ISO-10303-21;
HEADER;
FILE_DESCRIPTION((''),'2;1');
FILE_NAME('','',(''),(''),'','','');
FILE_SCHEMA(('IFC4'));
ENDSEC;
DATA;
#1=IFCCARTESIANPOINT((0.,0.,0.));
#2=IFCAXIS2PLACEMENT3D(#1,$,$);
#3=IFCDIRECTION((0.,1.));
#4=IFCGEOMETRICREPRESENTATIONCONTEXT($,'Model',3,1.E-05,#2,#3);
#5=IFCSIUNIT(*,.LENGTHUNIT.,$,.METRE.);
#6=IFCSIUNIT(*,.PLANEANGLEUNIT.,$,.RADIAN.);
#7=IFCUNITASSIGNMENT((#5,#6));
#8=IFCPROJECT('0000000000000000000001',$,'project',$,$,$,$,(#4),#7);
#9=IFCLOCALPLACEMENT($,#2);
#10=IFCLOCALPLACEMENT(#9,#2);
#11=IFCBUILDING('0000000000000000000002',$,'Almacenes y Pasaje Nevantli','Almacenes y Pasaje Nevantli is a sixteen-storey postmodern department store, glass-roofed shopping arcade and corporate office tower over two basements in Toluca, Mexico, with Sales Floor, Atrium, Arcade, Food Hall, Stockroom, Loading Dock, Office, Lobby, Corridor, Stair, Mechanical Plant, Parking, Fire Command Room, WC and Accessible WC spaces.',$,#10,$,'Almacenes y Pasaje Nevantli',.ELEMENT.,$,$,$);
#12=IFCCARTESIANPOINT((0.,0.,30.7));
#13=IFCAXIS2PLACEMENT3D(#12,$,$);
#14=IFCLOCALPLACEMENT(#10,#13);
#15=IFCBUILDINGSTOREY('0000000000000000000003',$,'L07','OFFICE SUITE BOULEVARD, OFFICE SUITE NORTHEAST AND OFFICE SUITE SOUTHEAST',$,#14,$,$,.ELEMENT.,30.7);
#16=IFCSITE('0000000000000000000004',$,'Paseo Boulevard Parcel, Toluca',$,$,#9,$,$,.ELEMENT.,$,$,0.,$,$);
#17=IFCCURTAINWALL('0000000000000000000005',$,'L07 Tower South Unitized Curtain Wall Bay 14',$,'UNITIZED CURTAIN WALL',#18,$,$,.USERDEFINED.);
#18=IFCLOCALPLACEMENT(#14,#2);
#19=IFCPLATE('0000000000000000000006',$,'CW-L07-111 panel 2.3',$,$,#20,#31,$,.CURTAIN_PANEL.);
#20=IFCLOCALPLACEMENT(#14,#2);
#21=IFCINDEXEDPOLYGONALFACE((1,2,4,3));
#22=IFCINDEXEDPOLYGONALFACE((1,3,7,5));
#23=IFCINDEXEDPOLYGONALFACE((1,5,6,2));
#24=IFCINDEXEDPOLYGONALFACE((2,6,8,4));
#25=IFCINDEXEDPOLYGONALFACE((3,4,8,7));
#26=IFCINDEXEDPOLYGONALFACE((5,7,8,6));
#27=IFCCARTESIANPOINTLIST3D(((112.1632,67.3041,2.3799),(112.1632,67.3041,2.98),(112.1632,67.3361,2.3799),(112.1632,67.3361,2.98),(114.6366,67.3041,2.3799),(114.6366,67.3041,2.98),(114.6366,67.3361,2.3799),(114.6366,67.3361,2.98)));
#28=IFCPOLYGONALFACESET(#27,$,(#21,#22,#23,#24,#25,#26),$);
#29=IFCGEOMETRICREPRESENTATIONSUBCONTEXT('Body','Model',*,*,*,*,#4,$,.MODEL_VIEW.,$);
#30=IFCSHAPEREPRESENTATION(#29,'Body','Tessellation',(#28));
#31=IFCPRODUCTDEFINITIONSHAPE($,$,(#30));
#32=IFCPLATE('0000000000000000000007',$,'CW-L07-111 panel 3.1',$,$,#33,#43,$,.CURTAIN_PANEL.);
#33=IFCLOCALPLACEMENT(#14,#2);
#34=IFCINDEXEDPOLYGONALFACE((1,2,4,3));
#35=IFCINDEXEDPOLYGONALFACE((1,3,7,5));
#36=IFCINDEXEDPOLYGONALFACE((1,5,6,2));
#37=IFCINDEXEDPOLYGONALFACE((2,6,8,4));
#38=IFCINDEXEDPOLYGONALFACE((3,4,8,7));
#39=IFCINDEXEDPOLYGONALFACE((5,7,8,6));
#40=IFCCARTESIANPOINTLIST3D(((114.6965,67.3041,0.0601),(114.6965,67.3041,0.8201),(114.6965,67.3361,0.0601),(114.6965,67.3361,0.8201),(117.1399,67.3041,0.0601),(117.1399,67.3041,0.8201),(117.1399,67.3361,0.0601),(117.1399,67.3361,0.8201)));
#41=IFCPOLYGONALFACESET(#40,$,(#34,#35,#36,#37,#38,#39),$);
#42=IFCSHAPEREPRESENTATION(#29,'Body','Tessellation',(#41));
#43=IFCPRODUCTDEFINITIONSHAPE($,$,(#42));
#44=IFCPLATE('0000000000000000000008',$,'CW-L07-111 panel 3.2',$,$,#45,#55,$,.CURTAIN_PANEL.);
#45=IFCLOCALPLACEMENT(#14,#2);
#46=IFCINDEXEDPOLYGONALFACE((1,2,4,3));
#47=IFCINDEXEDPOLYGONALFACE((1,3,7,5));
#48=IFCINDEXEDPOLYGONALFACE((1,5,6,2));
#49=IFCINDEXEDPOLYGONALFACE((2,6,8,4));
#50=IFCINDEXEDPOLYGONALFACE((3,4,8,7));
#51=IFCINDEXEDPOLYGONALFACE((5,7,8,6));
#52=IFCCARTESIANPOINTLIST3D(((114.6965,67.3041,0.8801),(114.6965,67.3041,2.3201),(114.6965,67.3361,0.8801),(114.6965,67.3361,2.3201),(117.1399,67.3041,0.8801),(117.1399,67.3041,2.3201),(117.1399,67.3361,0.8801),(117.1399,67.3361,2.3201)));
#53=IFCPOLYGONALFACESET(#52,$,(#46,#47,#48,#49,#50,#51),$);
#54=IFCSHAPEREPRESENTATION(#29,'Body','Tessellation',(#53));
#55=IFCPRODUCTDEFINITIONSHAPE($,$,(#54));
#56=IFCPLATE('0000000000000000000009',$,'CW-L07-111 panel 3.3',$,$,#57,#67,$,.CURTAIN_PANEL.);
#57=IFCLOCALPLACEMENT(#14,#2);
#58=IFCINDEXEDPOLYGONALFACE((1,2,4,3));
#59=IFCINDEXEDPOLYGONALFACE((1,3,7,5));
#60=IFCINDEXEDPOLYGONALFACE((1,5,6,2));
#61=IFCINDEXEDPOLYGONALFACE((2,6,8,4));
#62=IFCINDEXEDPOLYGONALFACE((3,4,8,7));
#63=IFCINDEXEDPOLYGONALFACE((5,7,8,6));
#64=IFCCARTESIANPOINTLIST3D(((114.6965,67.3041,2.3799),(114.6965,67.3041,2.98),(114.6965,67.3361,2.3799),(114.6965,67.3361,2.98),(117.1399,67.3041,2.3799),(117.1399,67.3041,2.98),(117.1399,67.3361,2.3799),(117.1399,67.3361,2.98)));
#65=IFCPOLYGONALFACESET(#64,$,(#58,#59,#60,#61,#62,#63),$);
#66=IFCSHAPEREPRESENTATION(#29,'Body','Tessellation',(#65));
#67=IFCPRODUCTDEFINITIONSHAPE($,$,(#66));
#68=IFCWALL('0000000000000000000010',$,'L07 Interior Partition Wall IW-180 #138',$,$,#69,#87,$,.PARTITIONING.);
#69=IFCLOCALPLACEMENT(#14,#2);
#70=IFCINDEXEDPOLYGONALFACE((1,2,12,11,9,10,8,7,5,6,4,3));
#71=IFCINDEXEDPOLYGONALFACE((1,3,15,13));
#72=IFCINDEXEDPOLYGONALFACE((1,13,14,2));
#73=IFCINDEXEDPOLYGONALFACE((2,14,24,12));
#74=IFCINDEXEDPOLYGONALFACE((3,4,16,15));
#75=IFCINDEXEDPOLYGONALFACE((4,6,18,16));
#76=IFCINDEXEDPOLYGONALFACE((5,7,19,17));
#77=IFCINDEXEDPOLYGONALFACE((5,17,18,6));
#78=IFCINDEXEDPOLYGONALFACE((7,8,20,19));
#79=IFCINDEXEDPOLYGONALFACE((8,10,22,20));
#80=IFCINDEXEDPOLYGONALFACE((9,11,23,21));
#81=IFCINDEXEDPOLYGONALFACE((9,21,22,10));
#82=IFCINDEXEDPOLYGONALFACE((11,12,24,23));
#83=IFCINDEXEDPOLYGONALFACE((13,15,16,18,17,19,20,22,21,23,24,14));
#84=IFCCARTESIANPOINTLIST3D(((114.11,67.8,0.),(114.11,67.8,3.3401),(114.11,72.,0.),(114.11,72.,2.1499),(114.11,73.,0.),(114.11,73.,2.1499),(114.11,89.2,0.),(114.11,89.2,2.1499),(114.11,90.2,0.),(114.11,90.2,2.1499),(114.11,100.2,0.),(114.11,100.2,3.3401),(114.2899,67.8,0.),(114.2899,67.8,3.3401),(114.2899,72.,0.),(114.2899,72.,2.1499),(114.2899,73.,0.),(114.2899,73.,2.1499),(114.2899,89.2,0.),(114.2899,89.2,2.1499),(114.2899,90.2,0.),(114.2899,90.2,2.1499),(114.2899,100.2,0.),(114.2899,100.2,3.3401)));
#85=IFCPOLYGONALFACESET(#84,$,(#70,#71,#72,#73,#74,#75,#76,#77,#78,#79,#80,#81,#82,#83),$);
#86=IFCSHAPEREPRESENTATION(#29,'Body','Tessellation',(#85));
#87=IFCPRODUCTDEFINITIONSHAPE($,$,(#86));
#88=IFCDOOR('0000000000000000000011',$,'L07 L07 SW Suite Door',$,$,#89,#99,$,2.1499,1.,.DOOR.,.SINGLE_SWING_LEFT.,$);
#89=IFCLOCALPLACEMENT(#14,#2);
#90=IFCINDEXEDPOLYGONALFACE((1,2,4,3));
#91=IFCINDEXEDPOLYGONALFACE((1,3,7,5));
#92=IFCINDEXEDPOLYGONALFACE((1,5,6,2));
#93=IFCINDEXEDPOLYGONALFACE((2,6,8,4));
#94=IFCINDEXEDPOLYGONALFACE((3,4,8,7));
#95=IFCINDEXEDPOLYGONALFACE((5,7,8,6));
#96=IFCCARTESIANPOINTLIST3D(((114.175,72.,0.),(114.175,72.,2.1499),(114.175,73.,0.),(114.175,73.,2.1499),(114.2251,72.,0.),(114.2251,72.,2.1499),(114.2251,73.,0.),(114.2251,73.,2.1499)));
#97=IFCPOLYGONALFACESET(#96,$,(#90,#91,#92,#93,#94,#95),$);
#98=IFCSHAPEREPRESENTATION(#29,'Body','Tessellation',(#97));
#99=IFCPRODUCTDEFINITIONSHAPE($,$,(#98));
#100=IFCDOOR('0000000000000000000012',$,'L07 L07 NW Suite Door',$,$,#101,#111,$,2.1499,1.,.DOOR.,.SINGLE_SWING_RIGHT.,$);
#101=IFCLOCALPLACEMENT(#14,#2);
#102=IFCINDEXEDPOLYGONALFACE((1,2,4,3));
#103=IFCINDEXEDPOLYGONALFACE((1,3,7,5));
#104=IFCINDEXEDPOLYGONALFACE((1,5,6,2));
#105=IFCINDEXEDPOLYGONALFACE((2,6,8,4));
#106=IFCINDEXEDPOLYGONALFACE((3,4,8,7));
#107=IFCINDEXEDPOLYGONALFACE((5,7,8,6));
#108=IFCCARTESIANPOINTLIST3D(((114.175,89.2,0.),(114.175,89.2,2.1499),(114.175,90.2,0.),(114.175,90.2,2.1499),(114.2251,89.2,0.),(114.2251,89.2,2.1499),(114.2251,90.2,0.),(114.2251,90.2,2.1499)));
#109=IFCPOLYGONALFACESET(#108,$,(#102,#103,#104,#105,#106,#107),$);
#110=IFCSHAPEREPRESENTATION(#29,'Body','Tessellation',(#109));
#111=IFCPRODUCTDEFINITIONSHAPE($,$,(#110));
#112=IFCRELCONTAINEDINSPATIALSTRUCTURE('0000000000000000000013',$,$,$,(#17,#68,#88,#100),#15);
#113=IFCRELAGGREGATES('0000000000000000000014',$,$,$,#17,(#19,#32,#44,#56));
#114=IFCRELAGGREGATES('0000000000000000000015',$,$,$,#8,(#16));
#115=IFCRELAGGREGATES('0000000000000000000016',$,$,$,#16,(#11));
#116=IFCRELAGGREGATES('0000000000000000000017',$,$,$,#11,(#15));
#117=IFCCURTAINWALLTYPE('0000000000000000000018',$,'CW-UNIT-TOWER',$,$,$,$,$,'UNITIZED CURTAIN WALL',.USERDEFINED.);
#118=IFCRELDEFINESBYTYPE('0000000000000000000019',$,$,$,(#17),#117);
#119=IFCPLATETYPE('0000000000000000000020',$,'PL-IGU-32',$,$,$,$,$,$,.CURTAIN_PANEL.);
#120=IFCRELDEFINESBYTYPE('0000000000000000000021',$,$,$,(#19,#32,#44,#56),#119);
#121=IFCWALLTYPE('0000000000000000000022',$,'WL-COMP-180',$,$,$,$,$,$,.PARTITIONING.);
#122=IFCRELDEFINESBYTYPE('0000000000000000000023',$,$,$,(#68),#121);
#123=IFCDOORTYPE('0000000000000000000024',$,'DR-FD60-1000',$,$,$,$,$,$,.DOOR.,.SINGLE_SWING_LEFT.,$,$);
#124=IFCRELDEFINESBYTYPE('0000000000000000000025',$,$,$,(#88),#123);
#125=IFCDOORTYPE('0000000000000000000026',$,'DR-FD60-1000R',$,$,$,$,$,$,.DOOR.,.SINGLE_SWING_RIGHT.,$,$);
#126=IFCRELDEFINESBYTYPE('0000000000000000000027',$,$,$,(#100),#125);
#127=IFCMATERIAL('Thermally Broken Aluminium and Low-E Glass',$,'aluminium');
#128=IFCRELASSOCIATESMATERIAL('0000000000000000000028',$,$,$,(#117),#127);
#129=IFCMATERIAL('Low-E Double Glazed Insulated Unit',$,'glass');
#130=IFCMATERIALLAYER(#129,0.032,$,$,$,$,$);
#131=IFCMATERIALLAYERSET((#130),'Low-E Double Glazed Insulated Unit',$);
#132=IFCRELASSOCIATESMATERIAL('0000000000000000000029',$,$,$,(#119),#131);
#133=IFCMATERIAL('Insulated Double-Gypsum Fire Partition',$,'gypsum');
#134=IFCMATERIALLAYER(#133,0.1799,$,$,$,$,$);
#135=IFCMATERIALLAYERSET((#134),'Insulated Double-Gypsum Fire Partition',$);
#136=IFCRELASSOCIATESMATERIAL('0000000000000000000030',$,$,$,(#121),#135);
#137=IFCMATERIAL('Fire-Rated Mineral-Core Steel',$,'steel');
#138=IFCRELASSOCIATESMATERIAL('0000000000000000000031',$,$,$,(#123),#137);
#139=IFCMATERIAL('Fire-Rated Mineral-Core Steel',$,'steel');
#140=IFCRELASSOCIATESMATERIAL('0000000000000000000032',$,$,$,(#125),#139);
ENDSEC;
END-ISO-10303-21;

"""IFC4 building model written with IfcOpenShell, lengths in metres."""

from ifc_helpers import new_model, si_unit, direction, frame, frame_2d, origin, origin_2d, place, context, subcontext, project, spatial, rectangle, extrude, material, layer, layer_set, type_object, element, fill, aggregate, save


model = new_model("IFC4")

# Units and contexts
model_context = context("Model", 3, precision=1e-05, world=origin(), true_north=direction((0.0, 1.0)))
body_context = subcontext(model_context, "Body", "Model", "MODEL_VIEW")
ifc_project = project(units=[si_unit("LENGTHUNIT", "METRE"), si_unit("PLANEANGLEUNIT", "RADIAN")], contexts=[model_context])

# Site, building, storey
site_placement = place(None, origin())
site = spatial("IfcSite", under=ifc_project, at=site_placement, Name="Paseo Boulevard Parcel, Toluca", CompositionType="ELEMENT", RefElevation=0.0)
building_placement = place(site_placement, origin())
building = spatial("IfcBuilding", under=site, at=building_placement, Name="Almacenes y Pasaje Nevantli", Description="Almacenes y Pasaje Nevantli is a sixteen-storey postmodern department store, glass-roofed shopping arcade and corporate office tower over two basements in Toluca, Mexico, with Sales Floor, Atrium, Arcade, Food Hall, Stockroom, Loading Dock, Office, Lobby, Corridor, Stair, Mechanical Plant, Parking, Fire Command Room, WC and Accessible WC spaces.", LongName="Almacenes y Pasaje Nevantli", CompositionType="ELEMENT")
storey_placement = place(building_placement, frame((0.0, 0.0, 30.7)))
storey = spatial("IfcBuildingStorey", under=building, at=storey_placement, Name="L07", Description="OFFICE SUITE BOULEVARD, OFFICE SUITE NORTHEAST AND OFFICE SUITE SOUTHEAST", CompositionType="ELEMENT", Elevation=30.7)

# Curtain wall, plates
ifc_material_1 = material(Name="Thermally Broken Aluminium and Low-E Glass", Category="aluminium")
curtain_wall_type = type_object("IfcCurtainWallType", Name="CW-UNIT-TOWER", ElementType="UNITIZED CURTAIN WALL", PredefinedType="USERDEFINED", material=ifc_material_1)
curtain_wall_placement = place(storey_placement, origin())
curtain_wall = element("IfcCurtainWall", 1, at=curtain_wall_placement, inside=storey, type_object=curtain_wall_type, Name="L07 Tower South Unitized Curtain Wall Bay 14", ObjectType="UNITIZED CURTAIN WALL", PredefinedType="USERDEFINED")
ifc_material_2 = material(Name="Low-E Double Glazed Insulated Unit", Category="glass")
ifc_layer_1 = layer(ifc_material_2, 0.032)
ifc_layer_set_1 = layer_set([ifc_layer_1], Name="Low-E Double Glazed Insulated Unit")
plate_type = type_object("IfcPlateType", Name="PL-IGU-32", PredefinedType="CURTAIN_PANEL", material=ifc_layer_set_1)
plate_1_placement = place(storey_placement, frame((113.3999, 67.3201, 2.3799), z_axis=(0.0, 0.0, 1.0), x_axis=(1.0, 0.0, 0.0)))
plate_1 = element("IfcPlate", 2, at=plate_1_placement, type_object=plate_type, Name="CW-L07-111 panel 2.3", PredefinedType="CURTAIN_PANEL", context=body_context, shape_type="SweptSolid", body=[
    extrude(rectangle(XDim=2.4734, YDim=0.032, at=origin_2d()), origin(), (0.0, 0.0, 1.0), 0.6001),
])
plate_2_placement = place(storey_placement, frame((115.9182, 67.3201, 0.0601), z_axis=(0.0, 0.0, 1.0), x_axis=(1.0, 0.0, 0.0)))
plate_2 = element("IfcPlate", 3, at=plate_2_placement, type_object=plate_type, Name="CW-L07-111 panel 3.1", PredefinedType="CURTAIN_PANEL", context=body_context, shape_type="SweptSolid", body=[
    extrude(rectangle(XDim=2.4434, YDim=0.032, at=origin_2d()), origin(), (0.0, 0.0, 1.0), 0.76),
])
plate_3_placement = place(storey_placement, frame((115.9182, 67.3201, 0.8801), z_axis=(0.0, 0.0, 1.0), x_axis=(1.0, 0.0, 0.0)))
plate_3 = element("IfcPlate", 4, at=plate_3_placement, type_object=plate_type, Name="CW-L07-111 panel 3.2", PredefinedType="CURTAIN_PANEL", context=body_context, shape_type="SweptSolid", body=[
    extrude(rectangle(XDim=2.4434, YDim=0.032, at=origin_2d()), origin(), (0.0, 0.0, 1.0), 1.4399),
])
plate_4_placement = place(storey_placement, frame((115.9182, 67.3201, 2.3799), z_axis=(0.0, 0.0, 1.0), x_axis=(1.0, 0.0, 0.0)))
plate_4 = element("IfcPlate", 5, at=plate_4_placement, type_object=plate_type, Name="CW-L07-111 panel 3.3", PredefinedType="CURTAIN_PANEL", context=body_context, shape_type="SweptSolid", body=[
    extrude(rectangle(XDim=2.4434, YDim=0.032, at=origin_2d()), origin(), (0.0, 0.0, 1.0), 0.6001),
])
aggregate(curtain_wall, [plate_1, plate_2, plate_3, plate_4])

# Wall, openings, doors
ifc_material_3 = material(Name="Insulated Double-Gypsum Fire Partition", Category="gypsum")
ifc_layer_2 = layer(ifc_material_3, 0.1799)
ifc_layer_set_2 = layer_set([ifc_layer_2], Name="Insulated Double-Gypsum Fire Partition")
wall_type = type_object("IfcWallType", Name="WL-COMP-180", PredefinedType="PARTITIONING", material=ifc_layer_set_2)
wall_placement = place(storey_placement, frame((114.2, 67.8, 0.0), z_axis=(0.0, 0.0, 1.0), x_axis=(0.0, 1.0, 0.0)))
wall = element("IfcWall", 6, at=wall_placement, inside=storey, type_object=wall_type, Name="L07 Interior Partition Wall IW-180 #138", PredefinedType="PARTITIONING", context=body_context, shape_type="SweptSolid", body=[
    extrude(rectangle(XDim=32.3999, YDim=0.1799, at=frame_2d((16.2, 0.0))), origin(), (0.0, 0.0, 1.0), 3.3401),
])
opening_1_placement = place(wall_placement, frame((4.2, 0.0, 0.0)))
opening_1 = element("IfcOpeningElement", 7, at=opening_1_placement, cuts=wall, PredefinedType="OPENING", context=body_context, shape_type="SweptSolid", body=[
    extrude(rectangle(XDim=1.0, YDim=2.1499, at=frame_2d((0.5, 1.075))), frame((0.0, 0.0999, 0.0), z_axis=(0.0, -1.0, 0.0), x_axis=(1.0, 0.0, 0.0)), (0.0, 0.0, 1.0), 0.2),
])
opening_2_placement = place(wall_placement, frame((21.3999, 0.0, 0.0)))
opening_2 = element("IfcOpeningElement", 8, at=opening_2_placement, cuts=wall, PredefinedType="OPENING", context=body_context, shape_type="SweptSolid", body=[
    extrude(rectangle(XDim=1.0, YDim=2.1499, at=frame_2d((0.5, 1.075))), frame((0.0, 0.0999, 0.0), z_axis=(0.0, -1.0, 0.0), x_axis=(1.0, 0.0, 0.0)), (0.0, 0.0, 1.0), 0.2),
])
ifc_material_4 = material(Name="Fire-Rated Mineral-Core Steel", Category="steel")
door_type_1 = type_object("IfcDoorType", Name="DR-FD60-1000", OperationType="SINGLE_SWING_LEFT", PredefinedType="DOOR", material=ifc_material_4)
door_1_placement = place(opening_1_placement, origin())
door_1 = element("IfcDoor", 9, at=door_1_placement, inside=storey, type_object=door_type_1, Name="L07 L07 SW Suite Door", OperationType="SINGLE_SWING_LEFT", OverallHeight=2.1499, OverallWidth=1.0, PredefinedType="DOOR", context=body_context, shape_type="SweptSolid", body=[
    extrude(rectangle(XDim=1.0, YDim=2.1499, at=frame_2d((0.5, 1.075))), frame((0.0, 0.0249, 0.0), z_axis=(0.0, -1.0, 0.0), x_axis=(1.0, 0.0, 0.0)), (0.0, 0.0, 1.0), 0.05),
])
fill(opening_1, door_1)
ifc_material_5 = material(Name="Fire-Rated Mineral-Core Steel", Category="steel")
door_type_2 = type_object("IfcDoorType", Name="DR-FD60-1000R", OperationType="SINGLE_SWING_RIGHT", PredefinedType="DOOR", material=ifc_material_5)
door_2_placement = place(opening_2_placement, origin())
door_2 = element("IfcDoor", 10, at=door_2_placement, inside=storey, type_object=door_type_2, Name="L07 L07 NW Suite Door", OperationType="SINGLE_SWING_RIGHT", OverallHeight=2.1499, OverallWidth=1.0, PredefinedType="DOOR", context=body_context, shape_type="SweptSolid", body=[
    extrude(rectangle(XDim=1.0, YDim=2.1499, at=frame_2d((0.5, 1.075))), frame((0.0, 0.0249, 0.0), z_axis=(0.0, -1.0, 0.0), x_axis=(1.0, 0.0, 0.0)), (0.0, 0.0, 1.0), 0.05),
])
fill(opening_2, door_2)

save(model, "model.ifc")
